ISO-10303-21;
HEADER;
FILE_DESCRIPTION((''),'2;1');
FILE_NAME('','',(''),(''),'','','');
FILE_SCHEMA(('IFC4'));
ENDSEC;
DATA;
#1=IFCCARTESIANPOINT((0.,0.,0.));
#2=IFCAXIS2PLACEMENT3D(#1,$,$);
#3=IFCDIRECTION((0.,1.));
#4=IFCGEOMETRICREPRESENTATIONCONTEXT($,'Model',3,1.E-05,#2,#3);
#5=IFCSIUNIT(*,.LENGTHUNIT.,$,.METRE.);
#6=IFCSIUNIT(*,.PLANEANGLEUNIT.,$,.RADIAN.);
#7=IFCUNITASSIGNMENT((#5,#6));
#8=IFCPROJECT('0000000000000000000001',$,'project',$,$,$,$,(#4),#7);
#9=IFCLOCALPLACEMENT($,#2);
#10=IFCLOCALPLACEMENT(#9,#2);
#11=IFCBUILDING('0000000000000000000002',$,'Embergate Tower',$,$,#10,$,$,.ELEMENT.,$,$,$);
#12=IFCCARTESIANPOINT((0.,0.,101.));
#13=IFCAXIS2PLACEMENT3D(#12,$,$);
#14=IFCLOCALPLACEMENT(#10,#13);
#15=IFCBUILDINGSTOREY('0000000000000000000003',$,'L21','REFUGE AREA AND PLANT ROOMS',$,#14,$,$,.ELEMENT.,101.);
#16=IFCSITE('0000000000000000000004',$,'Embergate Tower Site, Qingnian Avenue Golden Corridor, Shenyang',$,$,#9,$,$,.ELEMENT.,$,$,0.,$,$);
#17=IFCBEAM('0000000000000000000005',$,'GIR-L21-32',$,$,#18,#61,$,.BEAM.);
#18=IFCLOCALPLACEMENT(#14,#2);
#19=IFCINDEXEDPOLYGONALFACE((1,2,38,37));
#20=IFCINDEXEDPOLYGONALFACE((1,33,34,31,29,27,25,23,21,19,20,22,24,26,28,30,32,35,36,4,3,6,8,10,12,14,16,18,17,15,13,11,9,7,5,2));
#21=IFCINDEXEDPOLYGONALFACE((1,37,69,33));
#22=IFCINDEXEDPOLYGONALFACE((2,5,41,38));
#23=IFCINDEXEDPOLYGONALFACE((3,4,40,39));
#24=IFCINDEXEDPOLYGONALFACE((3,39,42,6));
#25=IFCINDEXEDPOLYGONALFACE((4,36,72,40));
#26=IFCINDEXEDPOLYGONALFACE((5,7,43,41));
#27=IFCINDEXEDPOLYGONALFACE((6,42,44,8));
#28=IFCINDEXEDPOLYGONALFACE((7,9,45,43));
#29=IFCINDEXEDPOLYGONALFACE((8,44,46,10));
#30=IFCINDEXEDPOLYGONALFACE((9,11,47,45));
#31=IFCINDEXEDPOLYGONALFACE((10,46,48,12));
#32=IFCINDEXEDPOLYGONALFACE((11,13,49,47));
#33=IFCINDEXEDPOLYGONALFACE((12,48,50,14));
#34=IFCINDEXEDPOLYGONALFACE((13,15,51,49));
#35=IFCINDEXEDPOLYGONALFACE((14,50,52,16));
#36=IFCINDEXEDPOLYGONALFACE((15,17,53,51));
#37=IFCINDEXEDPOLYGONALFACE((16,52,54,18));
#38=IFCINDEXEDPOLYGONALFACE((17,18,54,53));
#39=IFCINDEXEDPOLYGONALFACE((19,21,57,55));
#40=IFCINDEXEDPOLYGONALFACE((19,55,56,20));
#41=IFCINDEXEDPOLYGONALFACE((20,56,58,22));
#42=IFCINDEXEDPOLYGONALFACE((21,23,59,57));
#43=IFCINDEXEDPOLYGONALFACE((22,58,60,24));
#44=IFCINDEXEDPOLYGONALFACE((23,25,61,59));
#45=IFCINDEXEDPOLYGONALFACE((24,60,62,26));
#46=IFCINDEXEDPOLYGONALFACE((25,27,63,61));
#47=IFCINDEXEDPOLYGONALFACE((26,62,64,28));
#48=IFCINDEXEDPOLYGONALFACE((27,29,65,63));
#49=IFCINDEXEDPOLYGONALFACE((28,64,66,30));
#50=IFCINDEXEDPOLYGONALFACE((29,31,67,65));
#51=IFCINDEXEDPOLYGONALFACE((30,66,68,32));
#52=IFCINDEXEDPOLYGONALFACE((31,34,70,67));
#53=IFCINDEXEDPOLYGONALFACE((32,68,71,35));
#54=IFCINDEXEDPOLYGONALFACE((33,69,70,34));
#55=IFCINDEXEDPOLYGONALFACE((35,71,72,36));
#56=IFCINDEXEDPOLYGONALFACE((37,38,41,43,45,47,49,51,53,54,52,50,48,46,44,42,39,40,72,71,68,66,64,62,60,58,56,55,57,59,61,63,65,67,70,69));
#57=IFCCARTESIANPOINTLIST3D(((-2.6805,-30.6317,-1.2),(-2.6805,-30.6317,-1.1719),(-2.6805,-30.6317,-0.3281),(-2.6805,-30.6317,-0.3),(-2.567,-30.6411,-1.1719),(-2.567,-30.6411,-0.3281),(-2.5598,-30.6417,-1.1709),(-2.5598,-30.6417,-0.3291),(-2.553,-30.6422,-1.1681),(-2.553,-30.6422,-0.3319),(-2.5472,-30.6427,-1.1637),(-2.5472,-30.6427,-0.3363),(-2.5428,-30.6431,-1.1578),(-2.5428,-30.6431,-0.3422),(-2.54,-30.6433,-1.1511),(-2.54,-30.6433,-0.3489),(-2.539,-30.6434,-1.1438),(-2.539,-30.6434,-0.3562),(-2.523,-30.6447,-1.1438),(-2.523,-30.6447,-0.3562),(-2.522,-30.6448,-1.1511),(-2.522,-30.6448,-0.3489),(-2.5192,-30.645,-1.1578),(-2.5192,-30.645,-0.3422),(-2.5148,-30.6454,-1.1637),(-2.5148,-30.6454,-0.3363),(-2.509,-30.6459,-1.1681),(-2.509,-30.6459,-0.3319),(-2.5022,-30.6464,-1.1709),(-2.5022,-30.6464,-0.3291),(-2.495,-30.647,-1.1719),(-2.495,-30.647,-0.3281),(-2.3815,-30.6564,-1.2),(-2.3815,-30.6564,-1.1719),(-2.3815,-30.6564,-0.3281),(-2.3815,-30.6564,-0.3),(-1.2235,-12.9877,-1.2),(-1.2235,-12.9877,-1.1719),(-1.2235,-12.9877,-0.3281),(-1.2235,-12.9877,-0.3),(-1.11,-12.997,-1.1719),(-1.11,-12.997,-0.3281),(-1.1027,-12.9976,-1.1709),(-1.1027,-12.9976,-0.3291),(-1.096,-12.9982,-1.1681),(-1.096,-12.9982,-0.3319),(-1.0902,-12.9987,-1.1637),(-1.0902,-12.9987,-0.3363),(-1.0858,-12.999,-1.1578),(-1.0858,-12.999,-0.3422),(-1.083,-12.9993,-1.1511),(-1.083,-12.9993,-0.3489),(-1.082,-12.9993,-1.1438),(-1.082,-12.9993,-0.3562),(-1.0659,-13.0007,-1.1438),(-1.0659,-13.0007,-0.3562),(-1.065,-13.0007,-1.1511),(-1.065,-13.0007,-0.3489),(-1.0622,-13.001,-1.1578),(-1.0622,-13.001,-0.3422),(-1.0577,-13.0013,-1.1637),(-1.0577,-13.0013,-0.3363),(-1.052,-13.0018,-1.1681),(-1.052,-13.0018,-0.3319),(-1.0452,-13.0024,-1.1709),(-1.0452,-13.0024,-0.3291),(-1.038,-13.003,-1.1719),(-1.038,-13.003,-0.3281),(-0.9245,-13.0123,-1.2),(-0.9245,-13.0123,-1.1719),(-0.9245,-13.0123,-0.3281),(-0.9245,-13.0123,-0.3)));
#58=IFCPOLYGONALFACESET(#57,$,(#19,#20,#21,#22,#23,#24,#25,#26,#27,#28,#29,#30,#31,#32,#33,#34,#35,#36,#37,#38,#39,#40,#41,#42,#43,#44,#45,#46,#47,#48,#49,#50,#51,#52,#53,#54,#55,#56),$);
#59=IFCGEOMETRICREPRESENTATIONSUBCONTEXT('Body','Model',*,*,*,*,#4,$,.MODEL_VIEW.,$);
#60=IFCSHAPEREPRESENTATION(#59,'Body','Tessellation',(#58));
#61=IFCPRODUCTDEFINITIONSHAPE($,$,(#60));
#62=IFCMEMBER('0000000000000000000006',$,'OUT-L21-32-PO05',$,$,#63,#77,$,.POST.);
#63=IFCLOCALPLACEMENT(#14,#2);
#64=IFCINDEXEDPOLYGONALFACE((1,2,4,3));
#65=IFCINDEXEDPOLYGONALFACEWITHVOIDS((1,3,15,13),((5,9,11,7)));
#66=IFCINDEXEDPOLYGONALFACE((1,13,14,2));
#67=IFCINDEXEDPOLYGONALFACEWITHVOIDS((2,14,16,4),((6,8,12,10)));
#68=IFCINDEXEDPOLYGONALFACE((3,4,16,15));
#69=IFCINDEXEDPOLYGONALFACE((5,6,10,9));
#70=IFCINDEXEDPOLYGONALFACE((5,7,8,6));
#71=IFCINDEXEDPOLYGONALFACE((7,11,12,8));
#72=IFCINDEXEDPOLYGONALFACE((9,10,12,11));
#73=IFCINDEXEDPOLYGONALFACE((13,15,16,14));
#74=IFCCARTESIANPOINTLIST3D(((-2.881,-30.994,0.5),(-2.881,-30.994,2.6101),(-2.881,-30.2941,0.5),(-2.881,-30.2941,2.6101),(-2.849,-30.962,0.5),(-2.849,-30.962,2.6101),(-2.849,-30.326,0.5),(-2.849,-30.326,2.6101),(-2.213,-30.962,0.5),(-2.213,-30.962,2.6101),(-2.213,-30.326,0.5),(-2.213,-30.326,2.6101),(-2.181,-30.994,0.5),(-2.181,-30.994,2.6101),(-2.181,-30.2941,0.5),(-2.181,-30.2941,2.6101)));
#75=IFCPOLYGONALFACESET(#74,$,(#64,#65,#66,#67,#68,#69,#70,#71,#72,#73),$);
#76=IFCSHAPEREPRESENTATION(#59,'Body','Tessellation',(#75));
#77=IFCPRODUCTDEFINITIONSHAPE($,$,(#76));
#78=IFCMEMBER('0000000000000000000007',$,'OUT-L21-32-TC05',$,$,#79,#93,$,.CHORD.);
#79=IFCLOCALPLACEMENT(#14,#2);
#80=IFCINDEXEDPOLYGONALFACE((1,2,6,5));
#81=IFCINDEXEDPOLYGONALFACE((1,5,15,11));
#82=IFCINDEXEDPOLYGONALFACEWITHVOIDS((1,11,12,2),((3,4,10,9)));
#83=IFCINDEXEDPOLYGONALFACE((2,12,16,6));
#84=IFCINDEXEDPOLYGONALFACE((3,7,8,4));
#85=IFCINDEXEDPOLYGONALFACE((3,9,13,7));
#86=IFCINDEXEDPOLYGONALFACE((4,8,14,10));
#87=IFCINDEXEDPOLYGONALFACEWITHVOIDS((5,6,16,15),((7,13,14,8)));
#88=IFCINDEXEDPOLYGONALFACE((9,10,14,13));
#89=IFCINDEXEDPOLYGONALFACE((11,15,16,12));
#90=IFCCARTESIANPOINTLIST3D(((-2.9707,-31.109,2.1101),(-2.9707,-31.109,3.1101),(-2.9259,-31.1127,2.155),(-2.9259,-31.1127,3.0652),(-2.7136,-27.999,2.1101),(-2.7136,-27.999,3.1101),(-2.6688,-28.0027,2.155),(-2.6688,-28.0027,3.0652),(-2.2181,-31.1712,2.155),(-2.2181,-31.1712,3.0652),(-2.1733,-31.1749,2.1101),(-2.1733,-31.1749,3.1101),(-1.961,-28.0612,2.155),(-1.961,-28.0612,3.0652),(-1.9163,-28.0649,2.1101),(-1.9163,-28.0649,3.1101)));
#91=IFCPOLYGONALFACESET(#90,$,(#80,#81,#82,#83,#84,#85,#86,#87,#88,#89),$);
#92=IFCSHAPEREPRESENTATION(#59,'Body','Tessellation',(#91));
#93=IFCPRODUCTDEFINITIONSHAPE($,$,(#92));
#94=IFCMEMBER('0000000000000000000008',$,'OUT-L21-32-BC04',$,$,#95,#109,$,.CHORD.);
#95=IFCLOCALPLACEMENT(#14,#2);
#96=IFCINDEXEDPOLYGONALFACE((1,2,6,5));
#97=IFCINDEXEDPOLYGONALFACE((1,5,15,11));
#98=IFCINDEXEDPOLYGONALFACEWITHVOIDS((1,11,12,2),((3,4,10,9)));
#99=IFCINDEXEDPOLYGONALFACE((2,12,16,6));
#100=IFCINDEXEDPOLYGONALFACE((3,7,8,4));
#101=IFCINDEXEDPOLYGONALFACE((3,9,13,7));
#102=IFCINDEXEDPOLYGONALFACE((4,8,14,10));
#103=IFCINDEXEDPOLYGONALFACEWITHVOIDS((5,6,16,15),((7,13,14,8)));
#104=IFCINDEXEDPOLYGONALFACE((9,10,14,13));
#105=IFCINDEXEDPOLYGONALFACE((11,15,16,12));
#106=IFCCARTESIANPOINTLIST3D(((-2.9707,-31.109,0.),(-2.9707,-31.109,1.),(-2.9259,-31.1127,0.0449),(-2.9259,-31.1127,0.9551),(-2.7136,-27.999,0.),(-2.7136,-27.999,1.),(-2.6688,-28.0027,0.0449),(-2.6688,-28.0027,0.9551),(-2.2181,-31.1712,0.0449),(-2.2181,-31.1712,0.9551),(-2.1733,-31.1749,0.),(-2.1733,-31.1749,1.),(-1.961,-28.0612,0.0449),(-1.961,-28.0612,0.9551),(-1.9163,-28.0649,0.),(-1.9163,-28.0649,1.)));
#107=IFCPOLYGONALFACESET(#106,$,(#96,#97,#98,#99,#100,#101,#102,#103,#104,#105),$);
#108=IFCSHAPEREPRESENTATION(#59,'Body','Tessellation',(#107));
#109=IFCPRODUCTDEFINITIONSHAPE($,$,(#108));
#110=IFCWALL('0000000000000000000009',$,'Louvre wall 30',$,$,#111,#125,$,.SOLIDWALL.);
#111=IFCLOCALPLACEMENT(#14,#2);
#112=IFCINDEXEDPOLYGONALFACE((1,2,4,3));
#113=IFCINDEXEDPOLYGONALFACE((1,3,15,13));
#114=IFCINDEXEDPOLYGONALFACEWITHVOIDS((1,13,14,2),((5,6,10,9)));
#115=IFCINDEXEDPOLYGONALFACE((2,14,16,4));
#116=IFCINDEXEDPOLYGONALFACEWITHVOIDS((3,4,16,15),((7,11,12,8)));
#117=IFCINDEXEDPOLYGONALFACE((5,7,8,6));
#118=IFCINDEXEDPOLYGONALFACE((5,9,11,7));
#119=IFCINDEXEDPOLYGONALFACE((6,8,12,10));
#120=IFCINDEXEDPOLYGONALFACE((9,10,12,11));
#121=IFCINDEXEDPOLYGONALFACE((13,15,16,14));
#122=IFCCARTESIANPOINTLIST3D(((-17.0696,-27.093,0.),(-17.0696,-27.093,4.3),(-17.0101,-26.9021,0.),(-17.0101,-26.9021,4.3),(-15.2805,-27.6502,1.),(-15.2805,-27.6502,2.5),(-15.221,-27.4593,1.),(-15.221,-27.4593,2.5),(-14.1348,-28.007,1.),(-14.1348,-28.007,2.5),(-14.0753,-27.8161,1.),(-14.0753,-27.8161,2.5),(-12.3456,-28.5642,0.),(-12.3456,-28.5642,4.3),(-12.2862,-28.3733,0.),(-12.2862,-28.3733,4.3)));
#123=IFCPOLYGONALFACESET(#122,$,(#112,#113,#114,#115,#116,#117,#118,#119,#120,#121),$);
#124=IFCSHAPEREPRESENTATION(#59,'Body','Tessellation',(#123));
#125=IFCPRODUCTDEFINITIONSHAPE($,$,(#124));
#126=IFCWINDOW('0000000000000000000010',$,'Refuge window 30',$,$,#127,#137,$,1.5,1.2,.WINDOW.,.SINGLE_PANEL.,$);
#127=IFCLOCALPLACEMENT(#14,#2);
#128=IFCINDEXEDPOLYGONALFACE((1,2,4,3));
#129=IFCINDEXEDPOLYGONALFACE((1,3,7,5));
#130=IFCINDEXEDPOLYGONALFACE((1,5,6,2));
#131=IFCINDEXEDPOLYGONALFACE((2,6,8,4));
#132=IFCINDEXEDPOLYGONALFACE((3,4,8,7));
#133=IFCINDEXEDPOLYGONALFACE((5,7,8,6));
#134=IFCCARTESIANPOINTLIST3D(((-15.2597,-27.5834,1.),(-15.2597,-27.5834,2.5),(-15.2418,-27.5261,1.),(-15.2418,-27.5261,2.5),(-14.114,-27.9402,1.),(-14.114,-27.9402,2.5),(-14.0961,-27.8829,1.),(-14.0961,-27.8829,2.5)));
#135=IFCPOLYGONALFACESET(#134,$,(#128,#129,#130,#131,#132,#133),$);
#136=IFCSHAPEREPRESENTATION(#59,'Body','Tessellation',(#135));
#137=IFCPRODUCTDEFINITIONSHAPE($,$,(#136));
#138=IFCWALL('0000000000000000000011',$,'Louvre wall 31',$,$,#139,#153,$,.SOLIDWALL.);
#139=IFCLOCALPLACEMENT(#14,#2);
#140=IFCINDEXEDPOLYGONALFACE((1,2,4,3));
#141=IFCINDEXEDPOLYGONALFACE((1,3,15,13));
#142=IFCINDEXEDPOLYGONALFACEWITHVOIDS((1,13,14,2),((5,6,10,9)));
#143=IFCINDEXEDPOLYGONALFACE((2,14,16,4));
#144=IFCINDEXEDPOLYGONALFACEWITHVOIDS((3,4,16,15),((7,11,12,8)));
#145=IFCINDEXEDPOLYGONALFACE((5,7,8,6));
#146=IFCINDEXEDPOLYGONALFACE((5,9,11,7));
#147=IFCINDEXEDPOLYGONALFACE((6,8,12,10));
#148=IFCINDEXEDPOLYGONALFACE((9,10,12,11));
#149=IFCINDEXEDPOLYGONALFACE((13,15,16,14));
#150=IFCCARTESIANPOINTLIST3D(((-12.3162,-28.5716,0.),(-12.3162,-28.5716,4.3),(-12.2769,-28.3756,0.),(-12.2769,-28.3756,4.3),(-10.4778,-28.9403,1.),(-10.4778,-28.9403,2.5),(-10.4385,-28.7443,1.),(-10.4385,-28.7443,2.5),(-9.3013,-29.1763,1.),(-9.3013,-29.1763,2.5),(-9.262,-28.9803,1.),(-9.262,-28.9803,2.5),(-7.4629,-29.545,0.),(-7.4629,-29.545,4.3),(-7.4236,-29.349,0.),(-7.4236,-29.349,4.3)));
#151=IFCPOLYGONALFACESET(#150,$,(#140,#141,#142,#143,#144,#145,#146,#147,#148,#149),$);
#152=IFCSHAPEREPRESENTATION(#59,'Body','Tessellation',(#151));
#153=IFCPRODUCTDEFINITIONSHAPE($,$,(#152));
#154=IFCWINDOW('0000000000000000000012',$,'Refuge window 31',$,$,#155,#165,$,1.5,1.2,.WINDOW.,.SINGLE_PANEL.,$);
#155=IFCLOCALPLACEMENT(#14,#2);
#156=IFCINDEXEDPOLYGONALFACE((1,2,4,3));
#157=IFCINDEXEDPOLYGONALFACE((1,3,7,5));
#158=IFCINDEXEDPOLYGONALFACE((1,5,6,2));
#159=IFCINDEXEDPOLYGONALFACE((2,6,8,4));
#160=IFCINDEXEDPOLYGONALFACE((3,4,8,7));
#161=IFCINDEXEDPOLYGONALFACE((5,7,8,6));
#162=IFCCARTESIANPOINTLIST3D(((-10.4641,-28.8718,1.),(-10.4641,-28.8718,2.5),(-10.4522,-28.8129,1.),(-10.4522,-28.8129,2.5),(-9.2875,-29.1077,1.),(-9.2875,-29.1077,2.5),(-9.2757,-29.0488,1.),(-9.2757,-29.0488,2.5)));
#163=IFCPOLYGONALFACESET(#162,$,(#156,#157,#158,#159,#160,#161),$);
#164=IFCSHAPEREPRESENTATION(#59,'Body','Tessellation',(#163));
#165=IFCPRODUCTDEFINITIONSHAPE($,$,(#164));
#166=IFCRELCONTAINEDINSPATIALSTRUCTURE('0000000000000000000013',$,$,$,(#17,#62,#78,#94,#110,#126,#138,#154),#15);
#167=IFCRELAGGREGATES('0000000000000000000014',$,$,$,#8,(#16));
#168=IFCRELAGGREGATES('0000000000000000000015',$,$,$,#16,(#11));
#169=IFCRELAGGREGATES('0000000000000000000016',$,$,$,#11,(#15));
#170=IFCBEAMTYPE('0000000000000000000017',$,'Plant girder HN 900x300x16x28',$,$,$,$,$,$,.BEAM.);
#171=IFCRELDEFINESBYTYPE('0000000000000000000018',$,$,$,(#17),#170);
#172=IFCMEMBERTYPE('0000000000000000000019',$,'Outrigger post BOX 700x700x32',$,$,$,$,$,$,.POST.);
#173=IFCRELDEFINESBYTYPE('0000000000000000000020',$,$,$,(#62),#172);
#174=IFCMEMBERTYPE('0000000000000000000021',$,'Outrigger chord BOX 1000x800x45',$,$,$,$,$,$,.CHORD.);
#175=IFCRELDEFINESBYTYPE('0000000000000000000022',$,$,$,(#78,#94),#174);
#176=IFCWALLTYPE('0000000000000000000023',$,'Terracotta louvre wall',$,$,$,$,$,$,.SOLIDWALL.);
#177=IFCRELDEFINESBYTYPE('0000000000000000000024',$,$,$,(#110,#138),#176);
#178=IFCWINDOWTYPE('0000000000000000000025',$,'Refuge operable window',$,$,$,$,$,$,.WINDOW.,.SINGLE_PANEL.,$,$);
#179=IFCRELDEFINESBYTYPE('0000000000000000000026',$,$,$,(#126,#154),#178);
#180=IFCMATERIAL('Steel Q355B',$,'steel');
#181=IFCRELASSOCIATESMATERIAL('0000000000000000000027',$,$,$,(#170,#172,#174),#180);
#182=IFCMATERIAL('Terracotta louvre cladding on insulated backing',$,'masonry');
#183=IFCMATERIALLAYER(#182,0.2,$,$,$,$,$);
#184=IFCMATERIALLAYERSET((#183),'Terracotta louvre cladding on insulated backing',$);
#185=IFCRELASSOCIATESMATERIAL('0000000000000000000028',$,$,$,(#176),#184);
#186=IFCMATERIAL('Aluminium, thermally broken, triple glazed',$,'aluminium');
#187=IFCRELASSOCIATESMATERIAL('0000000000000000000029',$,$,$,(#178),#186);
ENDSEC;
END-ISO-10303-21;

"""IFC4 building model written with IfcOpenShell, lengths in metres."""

from ifc_helpers import new_model, si_unit, direction, frame, frame_2d, origin, origin_2d, place, context, subcontext, project, spatial, rectangle, hollow_rectangle, i_section, extrude, source, transform, mapped, material, layer, layer_set, material_profile, profile_set, type_object, element, fill, save


model = new_model("IFC4")

# Units and contexts
model_context = context("Model", 3, precision=1e-05, world=origin(), true_north=direction((0.0, 1.0)))
body_context = subcontext(model_context, "Body", "Model", "MODEL_VIEW")
ifc_project = project(units=[si_unit("LENGTHUNIT", "METRE"), si_unit("PLANEANGLEUNIT", "RADIAN")], contexts=[model_context])

# Site, building, storey
site_placement = place(None, origin())
site = spatial("IfcSite", under=ifc_project, at=site_placement, Name="Embergate Tower Site, Qingnian Avenue Golden Corridor, Shenyang", CompositionType="ELEMENT", RefElevation=0.0)
building_placement = place(site_placement, origin())
building = spatial("IfcBuilding", under=site, at=building_placement, Name="Embergate Tower", CompositionType="ELEMENT")
storey_placement = place(building_placement, frame((0.0, 0.0, 101.0)))
storey = spatial("IfcBuildingStorey", under=building, at=storey_placement, Name="L21", Description="REFUGE AREA AND PLANT ROOMS", CompositionType="ELEMENT", Elevation=101.0)

# Beam
ifc_material_1 = material(Name="Steel Q355B", Category="steel")
ifc_material_profile_1 = material_profile(ifc_material_1, i_section(OverallWidth=0.3, OverallDepth=0.8999, WebThickness=0.0161, FlangeThickness=0.0281, FilletRadius=0.0281, at=origin_2d()), Name="HN 900x300x16x28")
ifc_profile_set_1 = profile_set([ifc_material_profile_1], Name="Steel Q355 grade B")
beam_type_1 = type_object("IfcBeamType", Name="Plant girder HN 900x300x16x28", PredefinedType="BEAM", material=ifc_profile_set_1)
shared_shape_1 = source(origin(), body_context, "Body", "SweptSolid", [
    extrude(i_section(OverallWidth=0.3, OverallDepth=0.8999, WebThickness=0.0161, FlangeThickness=0.0281, FilletRadius=0.0281, at=origin_2d()), origin(), (0.0, 0.0, 1.0), 17.7041),
])
beam_1_placement = place(storey_placement, frame((-2.531, -30.644, -0.75), z_axis=(0.082299, 0.996608, 0.0), x_axis=(-0.996608, 0.082299, 0.0)))
element("IfcBeam", 1, at=beam_1_placement, inside=storey, type_object=beam_type_1, Name="GIR-L21-32", PredefinedType="BEAM", context=body_context, shape_type="MappedRepresentation", body=[
    mapped(shared_shape_1, transform((0.0, 0.0, 0.0))),
])

# Members
ifc_material_profile_2 = material_profile(ifc_material_1, hollow_rectangle(XDim=0.7, YDim=0.7, WallThickness=0.032, at=origin_2d()), Name="BOX 700x700x32")
ifc_profile_set_2 = profile_set([ifc_material_profile_2], Name="Steel Q355 grade B")
member_type_1 = type_object("IfcMemberType", Name="Outrigger post BOX 700x700x32", PredefinedType="POST", material=ifc_profile_set_2)
shared_shape_2 = source(origin(), body_context, "Body", "SweptSolid", [
    extrude(hollow_rectangle(XDim=0.7, YDim=0.7, WallThickness=0.032, at=origin_2d()), origin(), (0.0, 0.0, 1.0), 2.1101),
])
member_placement = place(storey_placement, frame((-2.531, -30.644, 0.5), z_axis=(0.0, 0.0, 1.0), x_axis=(1.0, 0.0, 0.0)))
element("IfcMember", 2, at=member_placement, inside=storey, type_object=member_type_1, Name="OUT-L21-32-PO05", PredefinedType="POST", context=body_context, shape_type="MappedRepresentation", body=[
    mapped(shared_shape_2, transform((0.0, 0.0, 0.0))),
])
ifc_material_profile_3 = material_profile(ifc_material_1, hollow_rectangle(XDim=0.8, YDim=1.0, WallThickness=0.0449, at=origin_2d()), Name="BOX 1000x800x45")
ifc_profile_set_3 = profile_set([ifc_material_profile_3], Name="Steel Q355 grade B")
member_type_2 = type_object("IfcMemberType", Name="Outrigger chord BOX 1000x800x45", PredefinedType="CHORD", material=ifc_profile_set_3)
shared_shape_3 = source(origin(), body_context, "Body", "SweptSolid", [
    extrude(hollow_rectangle(XDim=0.8, YDim=1.0, WallThickness=0.0449, at=origin_2d()), origin(), (0.0, 0.0, 1.0), 3.1206),
])
for number, where, z_axis, x_axis, name in (
    (3, (-2.3149, -28.032, 2.6101), (-0.082379, -0.996601, 0.0), (0.996601, -0.082379, 0.0), "OUT-L21-32-TC05"),
    (4, (-2.3149, -28.032, 0.5), (-0.082379, -0.996601, 0.0), (0.996601, -0.082379, 0.0), "OUT-L21-32-BC04"),
):
    element("IfcMember", number, at=place(storey_placement, frame(where, z_axis=z_axis, x_axis=x_axis)), inside=storey, type_object=member_type_2, Name=name, PredefinedType="CHORD", context=body_context, shape_type="MappedRepresentation", body=[
        mapped(shared_shape_3, transform((0.0, 0.0, 0.0))),
    ])

# Walls, openings, windows
ifc_material_2 = material(Name="Terracotta louvre cladding on insulated backing", Category="masonry")
ifc_layer_1 = layer(ifc_material_2, 0.2)
ifc_layer_set_1 = layer_set([ifc_layer_1], Name="Terracotta louvre cladding on insulated backing")
wall_type_1 = type_object("IfcWallType", Name="Terracotta louvre wall", PredefinedType="SOLIDWALL", material=ifc_layer_set_1)
shared_shape_4 = source(origin(), body_context, "Body", "SweptSolid", [
    extrude(rectangle(XDim=4.9478, YDim=0.2, at=frame_2d((2.4739, 0.0))), origin(), (0.0, 0.0, 1.0), 4.3),
])
wall_1_placement = place(storey_placement, frame((-12.3159, -28.4688, 0.0), z_axis=(0.0, 0.0, 1.0), x_axis=(-0.954768, 0.29735, 0.0)))
wall_1 = element("IfcWall", 5, at=wall_1_placement, inside=storey, type_object=wall_type_1, Name="Louvre wall 30", PredefinedType="SOLIDWALL", context=body_context, shape_type="MappedRepresentation", body=[
    mapped(shared_shape_4, transform((0.0, 0.0, 0.0))),
])
shared_shape_5 = source(origin(), body_context, "Body", "SweptSolid", [
    extrude(rectangle(XDim=1.2, YDim=1.5, at=frame_2d((0.6001, 0.75))), frame((0.0, 0.1099, 0.0), z_axis=(0.0, -1.0, 0.0), x_axis=(1.0, 0.0, 0.0)), (0.0, 0.0, 1.0), 0.22),
])
opening_1_placement = place(wall_1_placement, frame((1.8738, 0.0, 1.0)))
opening_1 = element("IfcOpeningElement", 6, at=opening_1_placement, cuts=wall_1, PredefinedType="OPENING", context=body_context, shape_type="MappedRepresentation", body=[
    mapped(shared_shape_5, transform((0.0, 0.0, 0.0))),
])
ifc_material_3 = material(Name="Aluminium, thermally broken, triple glazed", Category="aluminium")
window_type = type_object("IfcWindowType", Name="Refuge operable window", PartitioningType="SINGLE_PANEL", PredefinedType="WINDOW", material=ifc_material_3)
shared_shape_6 = source(origin(), body_context, "Body", "SweptSolid", [
    extrude(rectangle(XDim=1.2, YDim=1.5, at=frame_2d((0.6001, 0.75))), frame((0.0, 0.03, 0.0), z_axis=(0.0, -1.0, 0.0), x_axis=(1.0, 0.0, 0.0)), (0.0, 0.0, 1.0), 0.0601),
])
window_1_placement = place(opening_1_placement, origin())
window_1 = element("IfcWindow", 7, at=window_1_placement, inside=storey, type_object=window_type, Name="Refuge window 30", OverallHeight=1.5, OverallWidth=1.2, PartitioningType="SINGLE_PANEL", PredefinedType="WINDOW", context=body_context, shape_type="MappedRepresentation", body=[
    mapped(shared_shape_6, transform((0.0, 0.0, 0.0))),
])
fill(opening_1, window_1)
shared_shape_7 = source(origin(), body_context, "Body", "SweptSolid", [
    extrude(rectangle(XDim=4.95, YDim=0.2, at=frame_2d((2.4751, 0.0))), origin(), (0.0, 0.0, 1.0), 4.3),
])
wall_2_placement = place(storey_placement, frame((-7.4431, -29.447, 0.0), z_axis=(0.0, 0.0, 1.0), x_axis=(-0.980474, 0.196647, 0.0)))
wall_2 = element("IfcWall", 8, at=wall_2_placement, inside=storey, type_object=wall_type_1, Name="Louvre wall 31", PredefinedType="SOLIDWALL", context=body_context, shape_type="MappedRepresentation", body=[
    mapped(shared_shape_7, transform((0.0, 0.0, 0.0))),
])
opening_2_placement = place(wall_2_placement, frame((1.875, 0.0, 1.0)))
opening_2 = element("IfcOpeningElement", 9, at=opening_2_placement, cuts=wall_2, PredefinedType="OPENING", context=body_context, shape_type="MappedRepresentation", body=[
    mapped(shared_shape_5, transform((0.0, 0.0, 0.0))),
])
window_2_placement = place(opening_2_placement, origin())
window_2 = element("IfcWindow", 10, at=window_2_placement, inside=storey, type_object=window_type, Name="Refuge window 31", OverallHeight=1.5, OverallWidth=1.2, PartitioningType="SINGLE_PANEL", PredefinedType="WINDOW", context=body_context, shape_type="MappedRepresentation", body=[
    mapped(shared_shape_6, transform((0.0, 0.0, 0.0))),
])
fill(opening_2, window_2)

save(model, "model.ifc")
